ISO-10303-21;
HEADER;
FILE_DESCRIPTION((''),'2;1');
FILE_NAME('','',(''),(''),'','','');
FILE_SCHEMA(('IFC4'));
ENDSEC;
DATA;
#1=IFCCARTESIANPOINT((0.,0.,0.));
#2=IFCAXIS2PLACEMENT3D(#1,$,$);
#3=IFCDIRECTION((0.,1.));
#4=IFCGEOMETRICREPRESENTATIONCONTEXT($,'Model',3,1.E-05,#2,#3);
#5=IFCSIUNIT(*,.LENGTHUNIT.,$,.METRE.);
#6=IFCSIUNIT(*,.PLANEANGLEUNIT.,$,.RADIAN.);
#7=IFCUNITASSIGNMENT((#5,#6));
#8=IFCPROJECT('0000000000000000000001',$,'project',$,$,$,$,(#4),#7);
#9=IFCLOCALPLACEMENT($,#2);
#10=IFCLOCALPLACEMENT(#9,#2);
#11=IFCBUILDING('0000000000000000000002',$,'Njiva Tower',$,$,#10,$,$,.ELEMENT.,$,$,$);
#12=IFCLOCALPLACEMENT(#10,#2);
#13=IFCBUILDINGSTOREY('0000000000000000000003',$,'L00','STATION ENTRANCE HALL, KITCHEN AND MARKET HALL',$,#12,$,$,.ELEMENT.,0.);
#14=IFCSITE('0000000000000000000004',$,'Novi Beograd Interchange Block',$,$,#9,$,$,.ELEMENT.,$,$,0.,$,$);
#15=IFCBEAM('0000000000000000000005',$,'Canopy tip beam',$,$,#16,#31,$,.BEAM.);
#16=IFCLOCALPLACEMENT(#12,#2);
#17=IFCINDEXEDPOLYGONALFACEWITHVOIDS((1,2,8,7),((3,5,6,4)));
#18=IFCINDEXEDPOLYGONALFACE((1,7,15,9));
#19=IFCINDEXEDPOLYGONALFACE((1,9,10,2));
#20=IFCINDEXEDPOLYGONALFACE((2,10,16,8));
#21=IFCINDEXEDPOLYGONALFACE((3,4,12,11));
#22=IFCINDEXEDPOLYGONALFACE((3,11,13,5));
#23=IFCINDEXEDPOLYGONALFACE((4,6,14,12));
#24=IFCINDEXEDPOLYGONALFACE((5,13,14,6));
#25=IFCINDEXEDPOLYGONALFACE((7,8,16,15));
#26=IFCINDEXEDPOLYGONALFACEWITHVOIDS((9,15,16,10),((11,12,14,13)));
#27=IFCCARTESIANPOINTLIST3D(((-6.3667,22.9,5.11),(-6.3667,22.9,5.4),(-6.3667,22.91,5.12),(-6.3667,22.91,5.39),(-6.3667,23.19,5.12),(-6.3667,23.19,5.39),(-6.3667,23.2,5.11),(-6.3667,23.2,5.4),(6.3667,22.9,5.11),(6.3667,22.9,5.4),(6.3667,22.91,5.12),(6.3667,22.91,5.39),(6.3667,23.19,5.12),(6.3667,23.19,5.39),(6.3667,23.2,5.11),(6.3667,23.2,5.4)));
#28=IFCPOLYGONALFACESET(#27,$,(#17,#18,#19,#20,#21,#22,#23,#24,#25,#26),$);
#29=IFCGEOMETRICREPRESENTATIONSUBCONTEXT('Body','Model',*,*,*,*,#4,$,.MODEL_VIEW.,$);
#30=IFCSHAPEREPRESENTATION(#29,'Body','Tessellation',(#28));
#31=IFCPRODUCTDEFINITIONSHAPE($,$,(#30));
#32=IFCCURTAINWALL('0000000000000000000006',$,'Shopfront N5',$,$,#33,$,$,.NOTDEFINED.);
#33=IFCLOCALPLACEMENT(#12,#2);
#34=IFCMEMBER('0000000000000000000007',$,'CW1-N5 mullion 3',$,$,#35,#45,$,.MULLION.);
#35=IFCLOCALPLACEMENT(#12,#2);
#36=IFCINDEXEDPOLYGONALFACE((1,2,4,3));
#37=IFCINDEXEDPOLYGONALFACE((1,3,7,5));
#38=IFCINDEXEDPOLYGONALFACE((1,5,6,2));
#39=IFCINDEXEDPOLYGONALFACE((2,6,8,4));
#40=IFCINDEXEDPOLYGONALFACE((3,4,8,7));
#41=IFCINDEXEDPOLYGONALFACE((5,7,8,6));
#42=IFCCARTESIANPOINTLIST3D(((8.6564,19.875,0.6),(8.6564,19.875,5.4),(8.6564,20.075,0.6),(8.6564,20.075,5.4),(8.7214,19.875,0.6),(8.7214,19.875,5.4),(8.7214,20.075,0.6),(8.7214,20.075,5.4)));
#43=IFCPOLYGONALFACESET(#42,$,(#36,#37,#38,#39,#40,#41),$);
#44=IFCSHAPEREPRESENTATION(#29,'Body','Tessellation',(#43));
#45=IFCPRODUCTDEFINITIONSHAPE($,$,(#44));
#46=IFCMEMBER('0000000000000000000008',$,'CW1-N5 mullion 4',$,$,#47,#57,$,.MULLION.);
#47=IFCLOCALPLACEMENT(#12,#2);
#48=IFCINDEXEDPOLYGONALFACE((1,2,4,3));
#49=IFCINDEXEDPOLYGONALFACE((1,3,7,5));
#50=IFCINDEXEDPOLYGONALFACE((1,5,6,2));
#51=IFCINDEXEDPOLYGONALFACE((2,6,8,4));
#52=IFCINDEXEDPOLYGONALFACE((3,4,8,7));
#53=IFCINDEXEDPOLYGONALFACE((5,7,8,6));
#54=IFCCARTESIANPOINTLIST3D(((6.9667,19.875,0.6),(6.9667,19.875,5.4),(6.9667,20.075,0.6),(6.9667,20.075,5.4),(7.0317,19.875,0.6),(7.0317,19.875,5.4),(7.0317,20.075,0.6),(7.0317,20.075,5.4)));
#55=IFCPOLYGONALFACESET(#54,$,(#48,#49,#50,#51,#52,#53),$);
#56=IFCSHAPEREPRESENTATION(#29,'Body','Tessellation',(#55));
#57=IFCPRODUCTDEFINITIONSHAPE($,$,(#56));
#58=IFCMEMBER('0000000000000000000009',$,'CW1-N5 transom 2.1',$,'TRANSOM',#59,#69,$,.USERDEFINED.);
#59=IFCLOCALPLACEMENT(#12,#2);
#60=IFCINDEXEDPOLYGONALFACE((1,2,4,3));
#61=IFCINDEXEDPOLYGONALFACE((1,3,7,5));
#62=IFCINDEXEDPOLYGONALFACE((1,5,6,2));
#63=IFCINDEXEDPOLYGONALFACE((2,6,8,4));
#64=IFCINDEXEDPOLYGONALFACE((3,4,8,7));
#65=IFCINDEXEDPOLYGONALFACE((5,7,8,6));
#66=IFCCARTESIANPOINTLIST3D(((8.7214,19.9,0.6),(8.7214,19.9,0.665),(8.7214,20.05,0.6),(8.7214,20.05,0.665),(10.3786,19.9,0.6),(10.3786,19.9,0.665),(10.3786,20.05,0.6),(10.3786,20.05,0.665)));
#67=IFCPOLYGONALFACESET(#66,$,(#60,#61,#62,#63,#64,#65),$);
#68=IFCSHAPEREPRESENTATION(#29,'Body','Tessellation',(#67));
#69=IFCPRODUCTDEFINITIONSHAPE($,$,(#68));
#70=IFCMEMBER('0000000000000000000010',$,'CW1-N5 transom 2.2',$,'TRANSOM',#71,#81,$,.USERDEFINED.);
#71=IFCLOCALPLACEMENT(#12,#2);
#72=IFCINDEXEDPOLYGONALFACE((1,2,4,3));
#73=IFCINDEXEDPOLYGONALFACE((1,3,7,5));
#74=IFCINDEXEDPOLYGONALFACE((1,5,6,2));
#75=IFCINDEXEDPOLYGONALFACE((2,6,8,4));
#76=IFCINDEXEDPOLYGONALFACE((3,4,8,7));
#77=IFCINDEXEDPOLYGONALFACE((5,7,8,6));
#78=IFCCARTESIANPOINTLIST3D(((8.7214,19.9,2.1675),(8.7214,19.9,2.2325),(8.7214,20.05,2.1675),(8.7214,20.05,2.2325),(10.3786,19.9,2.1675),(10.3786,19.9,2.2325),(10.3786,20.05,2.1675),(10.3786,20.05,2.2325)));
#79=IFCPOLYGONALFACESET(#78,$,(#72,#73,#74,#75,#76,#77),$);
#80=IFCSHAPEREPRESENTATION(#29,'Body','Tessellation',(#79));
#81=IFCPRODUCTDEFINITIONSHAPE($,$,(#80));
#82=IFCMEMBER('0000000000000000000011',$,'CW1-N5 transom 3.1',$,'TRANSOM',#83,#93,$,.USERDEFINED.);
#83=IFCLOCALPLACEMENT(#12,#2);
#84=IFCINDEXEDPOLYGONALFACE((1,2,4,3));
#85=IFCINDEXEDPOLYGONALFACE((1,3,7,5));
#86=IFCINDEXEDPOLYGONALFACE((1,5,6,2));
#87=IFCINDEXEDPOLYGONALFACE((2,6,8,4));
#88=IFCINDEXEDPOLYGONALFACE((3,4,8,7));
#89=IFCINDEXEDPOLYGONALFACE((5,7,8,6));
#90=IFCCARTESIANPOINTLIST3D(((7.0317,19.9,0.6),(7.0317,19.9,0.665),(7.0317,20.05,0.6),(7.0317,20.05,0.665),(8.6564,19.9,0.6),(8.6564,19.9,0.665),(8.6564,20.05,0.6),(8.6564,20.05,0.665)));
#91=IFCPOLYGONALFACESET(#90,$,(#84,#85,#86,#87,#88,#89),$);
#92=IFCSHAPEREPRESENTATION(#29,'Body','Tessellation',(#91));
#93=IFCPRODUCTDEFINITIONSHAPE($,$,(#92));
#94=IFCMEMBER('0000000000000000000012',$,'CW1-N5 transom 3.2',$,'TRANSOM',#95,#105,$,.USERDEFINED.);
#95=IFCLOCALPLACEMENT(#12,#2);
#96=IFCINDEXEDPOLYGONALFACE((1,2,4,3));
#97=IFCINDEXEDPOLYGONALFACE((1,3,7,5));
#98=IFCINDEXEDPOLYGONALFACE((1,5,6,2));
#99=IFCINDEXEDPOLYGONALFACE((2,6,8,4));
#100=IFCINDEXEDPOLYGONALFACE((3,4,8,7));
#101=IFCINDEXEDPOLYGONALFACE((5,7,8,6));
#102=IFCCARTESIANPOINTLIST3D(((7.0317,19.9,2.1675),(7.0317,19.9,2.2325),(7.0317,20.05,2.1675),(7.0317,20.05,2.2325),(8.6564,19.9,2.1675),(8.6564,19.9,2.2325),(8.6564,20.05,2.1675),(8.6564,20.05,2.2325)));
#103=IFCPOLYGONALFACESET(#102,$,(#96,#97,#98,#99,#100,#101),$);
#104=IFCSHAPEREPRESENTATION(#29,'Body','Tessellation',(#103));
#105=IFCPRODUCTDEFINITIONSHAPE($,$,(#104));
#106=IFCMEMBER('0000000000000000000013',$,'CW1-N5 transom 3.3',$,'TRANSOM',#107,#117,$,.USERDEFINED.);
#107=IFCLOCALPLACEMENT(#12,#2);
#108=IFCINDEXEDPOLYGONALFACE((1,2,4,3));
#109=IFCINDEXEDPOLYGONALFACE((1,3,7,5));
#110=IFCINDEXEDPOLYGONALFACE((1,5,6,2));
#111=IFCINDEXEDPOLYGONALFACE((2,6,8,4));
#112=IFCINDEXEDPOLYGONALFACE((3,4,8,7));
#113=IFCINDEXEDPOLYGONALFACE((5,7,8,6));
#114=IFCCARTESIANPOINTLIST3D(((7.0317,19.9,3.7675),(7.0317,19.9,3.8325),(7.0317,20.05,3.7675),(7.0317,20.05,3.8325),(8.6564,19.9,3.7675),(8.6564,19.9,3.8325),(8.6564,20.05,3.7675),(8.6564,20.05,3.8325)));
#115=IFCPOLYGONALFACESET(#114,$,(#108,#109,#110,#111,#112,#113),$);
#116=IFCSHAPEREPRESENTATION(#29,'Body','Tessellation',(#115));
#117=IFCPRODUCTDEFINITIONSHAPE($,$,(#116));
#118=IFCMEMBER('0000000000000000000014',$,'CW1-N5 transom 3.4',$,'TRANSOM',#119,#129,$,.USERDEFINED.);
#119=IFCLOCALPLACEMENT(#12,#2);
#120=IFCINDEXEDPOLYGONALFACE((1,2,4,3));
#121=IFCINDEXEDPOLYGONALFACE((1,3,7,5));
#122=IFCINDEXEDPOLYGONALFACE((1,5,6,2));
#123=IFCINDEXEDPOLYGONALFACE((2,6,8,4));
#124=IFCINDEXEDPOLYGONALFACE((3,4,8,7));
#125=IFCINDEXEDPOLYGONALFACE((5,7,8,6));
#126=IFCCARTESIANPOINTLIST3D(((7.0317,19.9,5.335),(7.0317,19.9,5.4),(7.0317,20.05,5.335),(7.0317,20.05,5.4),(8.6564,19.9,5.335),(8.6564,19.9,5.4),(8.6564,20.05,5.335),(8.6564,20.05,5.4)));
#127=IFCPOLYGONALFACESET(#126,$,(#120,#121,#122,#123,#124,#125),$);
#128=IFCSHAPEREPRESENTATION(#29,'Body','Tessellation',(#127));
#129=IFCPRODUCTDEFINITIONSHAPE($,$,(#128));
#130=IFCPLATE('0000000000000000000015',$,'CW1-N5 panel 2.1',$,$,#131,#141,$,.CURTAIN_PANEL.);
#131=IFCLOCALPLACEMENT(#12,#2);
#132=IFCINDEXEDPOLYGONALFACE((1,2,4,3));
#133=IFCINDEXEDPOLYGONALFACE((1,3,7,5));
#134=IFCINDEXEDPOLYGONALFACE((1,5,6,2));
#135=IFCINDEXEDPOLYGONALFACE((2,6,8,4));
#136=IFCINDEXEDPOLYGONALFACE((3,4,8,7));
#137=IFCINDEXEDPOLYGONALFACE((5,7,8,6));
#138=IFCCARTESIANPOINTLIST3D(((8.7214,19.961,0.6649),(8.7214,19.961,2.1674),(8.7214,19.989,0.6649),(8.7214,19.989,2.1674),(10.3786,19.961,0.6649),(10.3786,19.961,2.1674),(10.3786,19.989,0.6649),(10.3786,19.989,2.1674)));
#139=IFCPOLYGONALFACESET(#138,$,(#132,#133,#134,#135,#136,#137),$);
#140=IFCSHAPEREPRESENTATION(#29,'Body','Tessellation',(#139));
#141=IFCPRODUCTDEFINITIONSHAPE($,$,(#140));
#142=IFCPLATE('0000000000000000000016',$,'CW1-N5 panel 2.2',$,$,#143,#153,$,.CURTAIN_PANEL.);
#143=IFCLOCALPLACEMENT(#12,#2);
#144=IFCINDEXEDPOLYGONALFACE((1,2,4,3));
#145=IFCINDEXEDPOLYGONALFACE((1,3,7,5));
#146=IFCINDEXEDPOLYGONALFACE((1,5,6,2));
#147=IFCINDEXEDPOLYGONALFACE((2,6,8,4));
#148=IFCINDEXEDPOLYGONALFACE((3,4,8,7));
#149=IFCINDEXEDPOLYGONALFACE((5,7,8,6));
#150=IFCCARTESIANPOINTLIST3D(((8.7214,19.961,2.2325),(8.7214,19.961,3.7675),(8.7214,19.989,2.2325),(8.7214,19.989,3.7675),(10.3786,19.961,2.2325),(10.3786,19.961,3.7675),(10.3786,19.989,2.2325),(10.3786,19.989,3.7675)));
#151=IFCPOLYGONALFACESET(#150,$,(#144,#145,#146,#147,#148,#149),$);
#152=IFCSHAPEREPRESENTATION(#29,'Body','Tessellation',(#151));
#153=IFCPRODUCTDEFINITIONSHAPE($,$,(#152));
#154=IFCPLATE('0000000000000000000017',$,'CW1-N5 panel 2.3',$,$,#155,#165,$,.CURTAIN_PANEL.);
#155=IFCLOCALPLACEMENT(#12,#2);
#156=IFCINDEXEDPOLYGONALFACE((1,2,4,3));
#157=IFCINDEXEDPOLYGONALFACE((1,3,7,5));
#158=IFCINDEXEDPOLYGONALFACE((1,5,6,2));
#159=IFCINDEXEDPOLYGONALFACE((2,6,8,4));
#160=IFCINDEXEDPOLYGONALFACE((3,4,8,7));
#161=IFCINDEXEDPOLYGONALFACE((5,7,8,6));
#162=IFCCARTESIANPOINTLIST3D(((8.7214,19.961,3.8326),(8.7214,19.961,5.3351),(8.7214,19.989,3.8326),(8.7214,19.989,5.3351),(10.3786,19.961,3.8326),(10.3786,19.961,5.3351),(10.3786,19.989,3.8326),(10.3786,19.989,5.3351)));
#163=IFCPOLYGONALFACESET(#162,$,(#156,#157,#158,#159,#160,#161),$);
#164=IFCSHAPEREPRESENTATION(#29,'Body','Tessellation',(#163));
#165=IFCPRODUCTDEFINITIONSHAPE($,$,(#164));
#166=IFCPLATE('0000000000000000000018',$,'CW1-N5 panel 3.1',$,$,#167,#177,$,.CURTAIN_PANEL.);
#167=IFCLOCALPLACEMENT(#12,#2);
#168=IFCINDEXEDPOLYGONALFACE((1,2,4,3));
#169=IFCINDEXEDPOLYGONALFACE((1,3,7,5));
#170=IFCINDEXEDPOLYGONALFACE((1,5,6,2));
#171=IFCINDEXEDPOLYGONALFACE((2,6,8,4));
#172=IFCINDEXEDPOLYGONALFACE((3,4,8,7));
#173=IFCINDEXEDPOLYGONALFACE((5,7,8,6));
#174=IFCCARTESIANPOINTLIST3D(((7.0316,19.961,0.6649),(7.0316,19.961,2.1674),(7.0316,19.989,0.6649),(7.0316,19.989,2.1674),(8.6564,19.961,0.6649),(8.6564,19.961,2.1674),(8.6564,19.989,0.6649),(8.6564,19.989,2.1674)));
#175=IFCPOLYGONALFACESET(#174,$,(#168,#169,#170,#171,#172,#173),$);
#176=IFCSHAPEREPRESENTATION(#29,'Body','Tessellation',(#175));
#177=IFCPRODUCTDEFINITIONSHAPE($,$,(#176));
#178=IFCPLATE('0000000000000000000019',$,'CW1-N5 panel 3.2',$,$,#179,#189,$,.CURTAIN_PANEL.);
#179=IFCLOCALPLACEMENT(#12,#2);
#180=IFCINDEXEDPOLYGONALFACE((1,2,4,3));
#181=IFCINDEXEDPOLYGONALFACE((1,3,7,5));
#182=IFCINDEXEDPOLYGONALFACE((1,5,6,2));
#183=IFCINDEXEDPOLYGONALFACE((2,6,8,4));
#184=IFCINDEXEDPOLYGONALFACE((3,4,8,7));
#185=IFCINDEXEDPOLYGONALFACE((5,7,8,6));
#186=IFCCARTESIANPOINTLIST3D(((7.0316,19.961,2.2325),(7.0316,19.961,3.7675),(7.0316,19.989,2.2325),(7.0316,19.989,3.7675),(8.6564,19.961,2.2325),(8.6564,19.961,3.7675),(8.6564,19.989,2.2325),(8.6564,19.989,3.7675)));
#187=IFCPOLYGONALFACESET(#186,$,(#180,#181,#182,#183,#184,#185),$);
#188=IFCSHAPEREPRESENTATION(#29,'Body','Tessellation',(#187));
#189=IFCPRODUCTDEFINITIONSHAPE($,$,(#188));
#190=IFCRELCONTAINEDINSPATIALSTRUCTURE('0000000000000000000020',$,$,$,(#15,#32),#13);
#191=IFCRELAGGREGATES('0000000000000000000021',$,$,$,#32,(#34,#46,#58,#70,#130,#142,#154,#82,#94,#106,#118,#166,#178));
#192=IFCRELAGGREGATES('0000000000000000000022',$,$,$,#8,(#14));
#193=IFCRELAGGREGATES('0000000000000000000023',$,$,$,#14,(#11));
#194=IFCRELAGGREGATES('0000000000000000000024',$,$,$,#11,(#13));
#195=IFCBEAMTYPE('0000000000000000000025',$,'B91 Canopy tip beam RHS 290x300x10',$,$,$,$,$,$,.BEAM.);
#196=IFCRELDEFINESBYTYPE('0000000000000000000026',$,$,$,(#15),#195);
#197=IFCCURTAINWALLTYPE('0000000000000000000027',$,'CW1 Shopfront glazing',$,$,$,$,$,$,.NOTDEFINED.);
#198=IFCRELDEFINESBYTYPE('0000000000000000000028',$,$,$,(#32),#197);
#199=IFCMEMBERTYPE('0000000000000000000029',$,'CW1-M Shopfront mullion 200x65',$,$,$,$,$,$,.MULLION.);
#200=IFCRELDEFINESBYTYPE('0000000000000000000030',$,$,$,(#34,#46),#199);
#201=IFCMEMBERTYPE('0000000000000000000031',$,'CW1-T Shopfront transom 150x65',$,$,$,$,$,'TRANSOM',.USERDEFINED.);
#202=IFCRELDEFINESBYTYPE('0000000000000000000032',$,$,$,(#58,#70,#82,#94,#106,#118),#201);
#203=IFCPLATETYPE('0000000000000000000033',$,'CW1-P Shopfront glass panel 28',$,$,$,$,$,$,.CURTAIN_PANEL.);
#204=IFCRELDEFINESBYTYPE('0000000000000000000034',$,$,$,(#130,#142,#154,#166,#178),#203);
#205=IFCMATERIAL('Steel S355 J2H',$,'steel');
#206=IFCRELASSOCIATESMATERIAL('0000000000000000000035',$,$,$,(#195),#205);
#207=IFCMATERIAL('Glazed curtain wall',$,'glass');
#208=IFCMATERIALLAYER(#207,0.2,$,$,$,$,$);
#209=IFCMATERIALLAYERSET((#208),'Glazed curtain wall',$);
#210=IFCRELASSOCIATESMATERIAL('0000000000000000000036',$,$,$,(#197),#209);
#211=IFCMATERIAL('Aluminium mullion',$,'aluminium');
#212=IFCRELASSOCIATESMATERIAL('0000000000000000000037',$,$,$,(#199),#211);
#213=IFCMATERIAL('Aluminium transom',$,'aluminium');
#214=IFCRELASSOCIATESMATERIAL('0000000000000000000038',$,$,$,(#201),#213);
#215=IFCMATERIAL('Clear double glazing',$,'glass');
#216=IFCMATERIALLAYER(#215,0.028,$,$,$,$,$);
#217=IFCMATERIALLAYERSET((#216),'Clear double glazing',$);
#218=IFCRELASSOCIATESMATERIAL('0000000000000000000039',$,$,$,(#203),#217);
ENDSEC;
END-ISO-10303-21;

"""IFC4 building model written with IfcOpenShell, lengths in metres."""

from ifc_helpers import new_model, si_unit, direction, frame, origin, origin_2d, place, context, subcontext, project, spatial, rectangle, hollow_rectangle, extrude, material, layer, layer_set, material_profile, profile_set, type_object, element, aggregate, save


model = new_model("IFC4")

# Units and contexts
model_context = context("Model", 3, precision=1e-05, world=origin(), true_north=direction((0.0, 1.0)))
body_context = subcontext(model_context, "Body", "Model", "MODEL_VIEW")
ifc_project = project(units=[si_unit("LENGTHUNIT", "METRE"), si_unit("PLANEANGLEUNIT", "RADIAN")], contexts=[model_context])

# Site, building, storey
site_placement = place(None, origin())
site = spatial("IfcSite", under=ifc_project, at=site_placement, Name="Novi Beograd Interchange Block", CompositionType="ELEMENT", RefElevation=0.0)
building_placement = place(site_placement, origin())
building = spatial("IfcBuilding", under=site, at=building_placement, Name="Njiva Tower", CompositionType="ELEMENT")
storey_placement = place(building_placement, origin())
storey = spatial("IfcBuildingStorey", under=building, at=storey_placement, Name="L00", Description="STATION ENTRANCE HALL, KITCHEN AND MARKET HALL", CompositionType="ELEMENT", Elevation=0.0)

# Beam
ifc_material_1 = material(Name="Steel S355 J2H", Category="steel")
ifc_material_profile_1 = material_profile(ifc_material_1, hollow_rectangle(XDim=0.3, YDim=0.29, WallThickness=0.01, at=origin_2d()), Name="BOX 290x300x10")
ifc_profile_set_1 = profile_set([ifc_material_profile_1], Name="Steel S355 J2H")
beam_type = type_object("IfcBeamType", Name="B91 Canopy tip beam RHS 290x300x10", PredefinedType="BEAM", material=ifc_profile_set_1)
beam_placement = place(storey_placement, frame((6.3667, 23.05, 5.255), z_axis=(-1.0, 0.0, 0.0), x_axis=(0.0, -1.0, 0.0)))
element("IfcBeam", 1, at=beam_placement, inside=storey, type_object=beam_type, Name="Canopy tip beam", PredefinedType="BEAM", context=body_context, shape_type="SweptSolid", body=[
    extrude(hollow_rectangle(XDim=0.3, YDim=0.29, WallThickness=0.01, at=origin_2d()), origin(), (0.0, 0.0, 1.0), 12.7334),
])

# Curtain wall, members, plates
ifc_material_2 = material(Name="Glazed curtain wall", Category="glass")
ifc_layer_1 = layer(ifc_material_2, 0.2)
ifc_layer_set_1 = layer_set([ifc_layer_1], Name="Glazed curtain wall")
curtain_wall_type = type_object("IfcCurtainWallType", Name="CW1 Shopfront glazing", PredefinedType="NOTDEFINED", material=ifc_layer_set_1)
curtain_wall_placement = place(storey_placement, origin())
curtain_wall = element("IfcCurtainWall", 2, at=curtain_wall_placement, inside=storey, type_object=curtain_wall_type, Name="Shopfront N5", PredefinedType="NOTDEFINED")
ifc_material_3 = material(Name="Aluminium mullion", Category="aluminium")
ifc_material_profile_2 = material_profile(ifc_material_3, rectangle(XDim=0.2, YDim=0.065, at=origin_2d()), Name="RECT 200x65")
ifc_profile_set_2 = profile_set([ifc_material_profile_2], Name="Aluminium mullion")
member_type_1 = type_object("IfcMemberType", Name="CW1-M Shopfront mullion 200x65", PredefinedType="MULLION", material=ifc_profile_set_2)
member_1_placement = place(storey_placement, frame((8.6889, 19.975, 0.6), z_axis=(0.0, 0.0, 1.0), x_axis=(0.0, -1.0, 0.0)))
member_1 = element("IfcMember", 3, at=member_1_placement, type_object=member_type_1, Name="CW1-N5 mullion 3", PredefinedType="MULLION", context=body_context, shape_type="SweptSolid", body=[
    extrude(rectangle(XDim=0.2, YDim=0.065, at=origin_2d()), origin(), (0.0, 0.0, 1.0), 4.8),
])
member_2_placement = place(storey_placement, frame((6.9992, 19.975, 0.6), z_axis=(0.0, 0.0, 1.0), x_axis=(0.0, -1.0, 0.0)))
member_2 = element("IfcMember", 4, at=member_2_placement, type_object=member_type_1, Name="CW1-N5 mullion 4", PredefinedType="MULLION", context=body_context, shape_type="SweptSolid", body=[
    extrude(rectangle(XDim=0.2, YDim=0.065, at=origin_2d()), origin(), (0.0, 0.0, 1.0), 4.8),
])
ifc_material_4 = material(Name="Aluminium transom", Category="aluminium")
ifc_material_profile_3 = material_profile(ifc_material_4, rectangle(XDim=0.15, YDim=0.065, at=origin_2d()), Name="RECT 150x65")
ifc_profile_set_3 = profile_set([ifc_material_profile_3], Name="Aluminium transom")
member_type_2 = type_object("IfcMemberType", Name="CW1-T Shopfront transom 150x65", ElementType="TRANSOM", PredefinedType="USERDEFINED", material=ifc_profile_set_3)
member_3_placement = place(storey_placement, frame((10.3786, 19.975, 0.6325), z_axis=(-1.0, 0.0, 0.0), x_axis=(0.0, -1.0, 0.0)))
member_3 = element("IfcMember", 5, at=member_3_placement, type_object=member_type_2, Name="CW1-N5 transom 2.1", ObjectType="TRANSOM", PredefinedType="USERDEFINED", context=body_context, shape_type="SweptSolid", body=[
    extrude(rectangle(XDim=0.15, YDim=0.065, at=origin_2d()), origin(), (0.0, 0.0, 1.0), 1.6572),
])
member_4_placement = place(storey_placement, frame((10.3786, 19.975, 2.2), z_axis=(-1.0, 0.0, 0.0), x_axis=(0.0, -1.0, 0.0)))
member_4 = element("IfcMember", 6, at=member_4_placement, type_object=member_type_2, Name="CW1-N5 transom 2.2", ObjectType="TRANSOM", PredefinedType="USERDEFINED", context=body_context, shape_type="SweptSolid", body=[
    extrude(rectangle(XDim=0.15, YDim=0.065, at=origin_2d()), origin(), (0.0, 0.0, 1.0), 1.6572),
])
member_5_placement = place(storey_placement, frame((8.6564, 19.975, 0.6325), z_axis=(-1.0, 0.0, 0.0), x_axis=(0.0, -1.0, 0.0)))
member_5 = element("IfcMember", 7, at=member_5_placement, type_object=member_type_2, Name="CW1-N5 transom 3.1", ObjectType="TRANSOM", PredefinedType="USERDEFINED", context=body_context, shape_type="SweptSolid", body=[
    extrude(rectangle(XDim=0.15, YDim=0.065, at=origin_2d()), origin(), (0.0, 0.0, 1.0), 1.6247),
])
member_6_placement = place(storey_placement, frame((8.6564, 19.975, 2.2), z_axis=(-1.0, 0.0, 0.0), x_axis=(0.0, -1.0, 0.0)))
member_6 = element("IfcMember", 8, at=member_6_placement, type_object=member_type_2, Name="CW1-N5 transom 3.2", ObjectType="TRANSOM", PredefinedType="USERDEFINED", context=body_context, shape_type="SweptSolid", body=[
    extrude(rectangle(XDim=0.15, YDim=0.065, at=origin_2d()), origin(), (0.0, 0.0, 1.0), 1.6247),
])
member_7_placement = place(storey_placement, frame((8.6564, 19.975, 3.8), z_axis=(-1.0, 0.0, 0.0), x_axis=(0.0, -1.0, 0.0)))
member_7 = element("IfcMember", 9, at=member_7_placement, type_object=member_type_2, Name="CW1-N5 transom 3.3", ObjectType="TRANSOM", PredefinedType="USERDEFINED", context=body_context, shape_type="SweptSolid", body=[
    extrude(rectangle(XDim=0.15, YDim=0.065, at=origin_2d()), origin(), (0.0, 0.0, 1.0), 1.6247),
])
member_8_placement = place(storey_placement, frame((8.6564, 19.975, 5.3675), z_axis=(-1.0, 0.0, 0.0), x_axis=(0.0, -1.0, 0.0)))
member_8 = element("IfcMember", 10, at=member_8_placement, type_object=member_type_2, Name="CW1-N5 transom 3.4", ObjectType="TRANSOM", PredefinedType="USERDEFINED", context=body_context, shape_type="SweptSolid", body=[
    extrude(rectangle(XDim=0.15, YDim=0.065, at=origin_2d()), origin(), (0.0, 0.0, 1.0), 1.6247),
])
ifc_material_5 = material(Name="Clear double glazing", Category="glass")
ifc_layer_2 = layer(ifc_material_5, 0.028)
ifc_layer_set_2 = layer_set([ifc_layer_2], Name="Clear double glazing")
plate_type = type_object("IfcPlateType", Name="CW1-P Shopfront glass panel 28", PredefinedType="CURTAIN_PANEL", material=ifc_layer_set_2)
plate_1_placement = place(storey_placement, frame((9.55, 19.975, 0.6649), z_axis=(0.0, 0.0, 1.0), x_axis=(-1.0, 0.0, 0.0)))
plate_1 = element("IfcPlate", 11, at=plate_1_placement, type_object=plate_type, Name="CW1-N5 panel 2.1", PredefinedType="CURTAIN_PANEL", context=body_context, shape_type="SweptSolid", body=[
    extrude(rectangle(XDim=1.6572, YDim=0.028, at=origin_2d()), origin(), (0.0, 0.0, 1.0), 1.5025),
])
plate_2_placement = place(storey_placement, frame((9.55, 19.975, 2.2325), z_axis=(0.0, 0.0, 1.0), x_axis=(-1.0, 0.0, 0.0)))
plate_2 = element("IfcPlate", 12, at=plate_2_placement, type_object=plate_type, Name="CW1-N5 panel 2.2", PredefinedType="CURTAIN_PANEL", context=body_context, shape_type="SweptSolid", body=[
    extrude(rectangle(XDim=1.6572, YDim=0.028, at=origin_2d()), origin(), (0.0, 0.0, 1.0), 1.535),
])
plate_3_placement = place(storey_placement, frame((9.55, 19.975, 3.8326), z_axis=(0.0, 0.0, 1.0), x_axis=(-1.0, 0.0, 0.0)))
plate_3 = element("IfcPlate", 13, at=plate_3_placement, type_object=plate_type, Name="CW1-N5 panel 2.3", PredefinedType="CURTAIN_PANEL", context=body_context, shape_type="SweptSolid", body=[
    extrude(rectangle(XDim=1.6572, YDim=0.028, at=origin_2d()), origin(), (0.0, 0.0, 1.0), 1.5025),
])
plate_4_placement = place(storey_placement, frame((7.844, 19.975, 0.6649), z_axis=(0.0, 0.0, 1.0), x_axis=(-1.0, 0.0, 0.0)))
plate_4 = element("IfcPlate", 14, at=plate_4_placement, type_object=plate_type, Name="CW1-N5 panel 3.1", PredefinedType="CURTAIN_PANEL", context=body_context, shape_type="SweptSolid", body=[
    extrude(rectangle(XDim=1.6247, YDim=0.028, at=origin_2d()), origin(), (0.0, 0.0, 1.0), 1.5025),
])
plate_5_placement = place(storey_placement, frame((7.844, 19.975, 2.2325), z_axis=(0.0, 0.0, 1.0), x_axis=(-1.0, 0.0, 0.0)))
plate_5 = element("IfcPlate", 15, at=plate_5_placement, type_object=plate_type, Name="CW1-N5 panel 3.2", PredefinedType="CURTAIN_PANEL", context=body_context, shape_type="SweptSolid", body=[
    extrude(rectangle(XDim=1.6247, YDim=0.028, at=origin_2d()), origin(), (0.0, 0.0, 1.0), 1.535),
])
aggregate(curtain_wall, [member_1, member_2, member_3, member_4, plate_1, plate_2, plate_3, member_5, member_6, member_7, member_8, plate_4, plate_5])

save(model, "model.ifc")
